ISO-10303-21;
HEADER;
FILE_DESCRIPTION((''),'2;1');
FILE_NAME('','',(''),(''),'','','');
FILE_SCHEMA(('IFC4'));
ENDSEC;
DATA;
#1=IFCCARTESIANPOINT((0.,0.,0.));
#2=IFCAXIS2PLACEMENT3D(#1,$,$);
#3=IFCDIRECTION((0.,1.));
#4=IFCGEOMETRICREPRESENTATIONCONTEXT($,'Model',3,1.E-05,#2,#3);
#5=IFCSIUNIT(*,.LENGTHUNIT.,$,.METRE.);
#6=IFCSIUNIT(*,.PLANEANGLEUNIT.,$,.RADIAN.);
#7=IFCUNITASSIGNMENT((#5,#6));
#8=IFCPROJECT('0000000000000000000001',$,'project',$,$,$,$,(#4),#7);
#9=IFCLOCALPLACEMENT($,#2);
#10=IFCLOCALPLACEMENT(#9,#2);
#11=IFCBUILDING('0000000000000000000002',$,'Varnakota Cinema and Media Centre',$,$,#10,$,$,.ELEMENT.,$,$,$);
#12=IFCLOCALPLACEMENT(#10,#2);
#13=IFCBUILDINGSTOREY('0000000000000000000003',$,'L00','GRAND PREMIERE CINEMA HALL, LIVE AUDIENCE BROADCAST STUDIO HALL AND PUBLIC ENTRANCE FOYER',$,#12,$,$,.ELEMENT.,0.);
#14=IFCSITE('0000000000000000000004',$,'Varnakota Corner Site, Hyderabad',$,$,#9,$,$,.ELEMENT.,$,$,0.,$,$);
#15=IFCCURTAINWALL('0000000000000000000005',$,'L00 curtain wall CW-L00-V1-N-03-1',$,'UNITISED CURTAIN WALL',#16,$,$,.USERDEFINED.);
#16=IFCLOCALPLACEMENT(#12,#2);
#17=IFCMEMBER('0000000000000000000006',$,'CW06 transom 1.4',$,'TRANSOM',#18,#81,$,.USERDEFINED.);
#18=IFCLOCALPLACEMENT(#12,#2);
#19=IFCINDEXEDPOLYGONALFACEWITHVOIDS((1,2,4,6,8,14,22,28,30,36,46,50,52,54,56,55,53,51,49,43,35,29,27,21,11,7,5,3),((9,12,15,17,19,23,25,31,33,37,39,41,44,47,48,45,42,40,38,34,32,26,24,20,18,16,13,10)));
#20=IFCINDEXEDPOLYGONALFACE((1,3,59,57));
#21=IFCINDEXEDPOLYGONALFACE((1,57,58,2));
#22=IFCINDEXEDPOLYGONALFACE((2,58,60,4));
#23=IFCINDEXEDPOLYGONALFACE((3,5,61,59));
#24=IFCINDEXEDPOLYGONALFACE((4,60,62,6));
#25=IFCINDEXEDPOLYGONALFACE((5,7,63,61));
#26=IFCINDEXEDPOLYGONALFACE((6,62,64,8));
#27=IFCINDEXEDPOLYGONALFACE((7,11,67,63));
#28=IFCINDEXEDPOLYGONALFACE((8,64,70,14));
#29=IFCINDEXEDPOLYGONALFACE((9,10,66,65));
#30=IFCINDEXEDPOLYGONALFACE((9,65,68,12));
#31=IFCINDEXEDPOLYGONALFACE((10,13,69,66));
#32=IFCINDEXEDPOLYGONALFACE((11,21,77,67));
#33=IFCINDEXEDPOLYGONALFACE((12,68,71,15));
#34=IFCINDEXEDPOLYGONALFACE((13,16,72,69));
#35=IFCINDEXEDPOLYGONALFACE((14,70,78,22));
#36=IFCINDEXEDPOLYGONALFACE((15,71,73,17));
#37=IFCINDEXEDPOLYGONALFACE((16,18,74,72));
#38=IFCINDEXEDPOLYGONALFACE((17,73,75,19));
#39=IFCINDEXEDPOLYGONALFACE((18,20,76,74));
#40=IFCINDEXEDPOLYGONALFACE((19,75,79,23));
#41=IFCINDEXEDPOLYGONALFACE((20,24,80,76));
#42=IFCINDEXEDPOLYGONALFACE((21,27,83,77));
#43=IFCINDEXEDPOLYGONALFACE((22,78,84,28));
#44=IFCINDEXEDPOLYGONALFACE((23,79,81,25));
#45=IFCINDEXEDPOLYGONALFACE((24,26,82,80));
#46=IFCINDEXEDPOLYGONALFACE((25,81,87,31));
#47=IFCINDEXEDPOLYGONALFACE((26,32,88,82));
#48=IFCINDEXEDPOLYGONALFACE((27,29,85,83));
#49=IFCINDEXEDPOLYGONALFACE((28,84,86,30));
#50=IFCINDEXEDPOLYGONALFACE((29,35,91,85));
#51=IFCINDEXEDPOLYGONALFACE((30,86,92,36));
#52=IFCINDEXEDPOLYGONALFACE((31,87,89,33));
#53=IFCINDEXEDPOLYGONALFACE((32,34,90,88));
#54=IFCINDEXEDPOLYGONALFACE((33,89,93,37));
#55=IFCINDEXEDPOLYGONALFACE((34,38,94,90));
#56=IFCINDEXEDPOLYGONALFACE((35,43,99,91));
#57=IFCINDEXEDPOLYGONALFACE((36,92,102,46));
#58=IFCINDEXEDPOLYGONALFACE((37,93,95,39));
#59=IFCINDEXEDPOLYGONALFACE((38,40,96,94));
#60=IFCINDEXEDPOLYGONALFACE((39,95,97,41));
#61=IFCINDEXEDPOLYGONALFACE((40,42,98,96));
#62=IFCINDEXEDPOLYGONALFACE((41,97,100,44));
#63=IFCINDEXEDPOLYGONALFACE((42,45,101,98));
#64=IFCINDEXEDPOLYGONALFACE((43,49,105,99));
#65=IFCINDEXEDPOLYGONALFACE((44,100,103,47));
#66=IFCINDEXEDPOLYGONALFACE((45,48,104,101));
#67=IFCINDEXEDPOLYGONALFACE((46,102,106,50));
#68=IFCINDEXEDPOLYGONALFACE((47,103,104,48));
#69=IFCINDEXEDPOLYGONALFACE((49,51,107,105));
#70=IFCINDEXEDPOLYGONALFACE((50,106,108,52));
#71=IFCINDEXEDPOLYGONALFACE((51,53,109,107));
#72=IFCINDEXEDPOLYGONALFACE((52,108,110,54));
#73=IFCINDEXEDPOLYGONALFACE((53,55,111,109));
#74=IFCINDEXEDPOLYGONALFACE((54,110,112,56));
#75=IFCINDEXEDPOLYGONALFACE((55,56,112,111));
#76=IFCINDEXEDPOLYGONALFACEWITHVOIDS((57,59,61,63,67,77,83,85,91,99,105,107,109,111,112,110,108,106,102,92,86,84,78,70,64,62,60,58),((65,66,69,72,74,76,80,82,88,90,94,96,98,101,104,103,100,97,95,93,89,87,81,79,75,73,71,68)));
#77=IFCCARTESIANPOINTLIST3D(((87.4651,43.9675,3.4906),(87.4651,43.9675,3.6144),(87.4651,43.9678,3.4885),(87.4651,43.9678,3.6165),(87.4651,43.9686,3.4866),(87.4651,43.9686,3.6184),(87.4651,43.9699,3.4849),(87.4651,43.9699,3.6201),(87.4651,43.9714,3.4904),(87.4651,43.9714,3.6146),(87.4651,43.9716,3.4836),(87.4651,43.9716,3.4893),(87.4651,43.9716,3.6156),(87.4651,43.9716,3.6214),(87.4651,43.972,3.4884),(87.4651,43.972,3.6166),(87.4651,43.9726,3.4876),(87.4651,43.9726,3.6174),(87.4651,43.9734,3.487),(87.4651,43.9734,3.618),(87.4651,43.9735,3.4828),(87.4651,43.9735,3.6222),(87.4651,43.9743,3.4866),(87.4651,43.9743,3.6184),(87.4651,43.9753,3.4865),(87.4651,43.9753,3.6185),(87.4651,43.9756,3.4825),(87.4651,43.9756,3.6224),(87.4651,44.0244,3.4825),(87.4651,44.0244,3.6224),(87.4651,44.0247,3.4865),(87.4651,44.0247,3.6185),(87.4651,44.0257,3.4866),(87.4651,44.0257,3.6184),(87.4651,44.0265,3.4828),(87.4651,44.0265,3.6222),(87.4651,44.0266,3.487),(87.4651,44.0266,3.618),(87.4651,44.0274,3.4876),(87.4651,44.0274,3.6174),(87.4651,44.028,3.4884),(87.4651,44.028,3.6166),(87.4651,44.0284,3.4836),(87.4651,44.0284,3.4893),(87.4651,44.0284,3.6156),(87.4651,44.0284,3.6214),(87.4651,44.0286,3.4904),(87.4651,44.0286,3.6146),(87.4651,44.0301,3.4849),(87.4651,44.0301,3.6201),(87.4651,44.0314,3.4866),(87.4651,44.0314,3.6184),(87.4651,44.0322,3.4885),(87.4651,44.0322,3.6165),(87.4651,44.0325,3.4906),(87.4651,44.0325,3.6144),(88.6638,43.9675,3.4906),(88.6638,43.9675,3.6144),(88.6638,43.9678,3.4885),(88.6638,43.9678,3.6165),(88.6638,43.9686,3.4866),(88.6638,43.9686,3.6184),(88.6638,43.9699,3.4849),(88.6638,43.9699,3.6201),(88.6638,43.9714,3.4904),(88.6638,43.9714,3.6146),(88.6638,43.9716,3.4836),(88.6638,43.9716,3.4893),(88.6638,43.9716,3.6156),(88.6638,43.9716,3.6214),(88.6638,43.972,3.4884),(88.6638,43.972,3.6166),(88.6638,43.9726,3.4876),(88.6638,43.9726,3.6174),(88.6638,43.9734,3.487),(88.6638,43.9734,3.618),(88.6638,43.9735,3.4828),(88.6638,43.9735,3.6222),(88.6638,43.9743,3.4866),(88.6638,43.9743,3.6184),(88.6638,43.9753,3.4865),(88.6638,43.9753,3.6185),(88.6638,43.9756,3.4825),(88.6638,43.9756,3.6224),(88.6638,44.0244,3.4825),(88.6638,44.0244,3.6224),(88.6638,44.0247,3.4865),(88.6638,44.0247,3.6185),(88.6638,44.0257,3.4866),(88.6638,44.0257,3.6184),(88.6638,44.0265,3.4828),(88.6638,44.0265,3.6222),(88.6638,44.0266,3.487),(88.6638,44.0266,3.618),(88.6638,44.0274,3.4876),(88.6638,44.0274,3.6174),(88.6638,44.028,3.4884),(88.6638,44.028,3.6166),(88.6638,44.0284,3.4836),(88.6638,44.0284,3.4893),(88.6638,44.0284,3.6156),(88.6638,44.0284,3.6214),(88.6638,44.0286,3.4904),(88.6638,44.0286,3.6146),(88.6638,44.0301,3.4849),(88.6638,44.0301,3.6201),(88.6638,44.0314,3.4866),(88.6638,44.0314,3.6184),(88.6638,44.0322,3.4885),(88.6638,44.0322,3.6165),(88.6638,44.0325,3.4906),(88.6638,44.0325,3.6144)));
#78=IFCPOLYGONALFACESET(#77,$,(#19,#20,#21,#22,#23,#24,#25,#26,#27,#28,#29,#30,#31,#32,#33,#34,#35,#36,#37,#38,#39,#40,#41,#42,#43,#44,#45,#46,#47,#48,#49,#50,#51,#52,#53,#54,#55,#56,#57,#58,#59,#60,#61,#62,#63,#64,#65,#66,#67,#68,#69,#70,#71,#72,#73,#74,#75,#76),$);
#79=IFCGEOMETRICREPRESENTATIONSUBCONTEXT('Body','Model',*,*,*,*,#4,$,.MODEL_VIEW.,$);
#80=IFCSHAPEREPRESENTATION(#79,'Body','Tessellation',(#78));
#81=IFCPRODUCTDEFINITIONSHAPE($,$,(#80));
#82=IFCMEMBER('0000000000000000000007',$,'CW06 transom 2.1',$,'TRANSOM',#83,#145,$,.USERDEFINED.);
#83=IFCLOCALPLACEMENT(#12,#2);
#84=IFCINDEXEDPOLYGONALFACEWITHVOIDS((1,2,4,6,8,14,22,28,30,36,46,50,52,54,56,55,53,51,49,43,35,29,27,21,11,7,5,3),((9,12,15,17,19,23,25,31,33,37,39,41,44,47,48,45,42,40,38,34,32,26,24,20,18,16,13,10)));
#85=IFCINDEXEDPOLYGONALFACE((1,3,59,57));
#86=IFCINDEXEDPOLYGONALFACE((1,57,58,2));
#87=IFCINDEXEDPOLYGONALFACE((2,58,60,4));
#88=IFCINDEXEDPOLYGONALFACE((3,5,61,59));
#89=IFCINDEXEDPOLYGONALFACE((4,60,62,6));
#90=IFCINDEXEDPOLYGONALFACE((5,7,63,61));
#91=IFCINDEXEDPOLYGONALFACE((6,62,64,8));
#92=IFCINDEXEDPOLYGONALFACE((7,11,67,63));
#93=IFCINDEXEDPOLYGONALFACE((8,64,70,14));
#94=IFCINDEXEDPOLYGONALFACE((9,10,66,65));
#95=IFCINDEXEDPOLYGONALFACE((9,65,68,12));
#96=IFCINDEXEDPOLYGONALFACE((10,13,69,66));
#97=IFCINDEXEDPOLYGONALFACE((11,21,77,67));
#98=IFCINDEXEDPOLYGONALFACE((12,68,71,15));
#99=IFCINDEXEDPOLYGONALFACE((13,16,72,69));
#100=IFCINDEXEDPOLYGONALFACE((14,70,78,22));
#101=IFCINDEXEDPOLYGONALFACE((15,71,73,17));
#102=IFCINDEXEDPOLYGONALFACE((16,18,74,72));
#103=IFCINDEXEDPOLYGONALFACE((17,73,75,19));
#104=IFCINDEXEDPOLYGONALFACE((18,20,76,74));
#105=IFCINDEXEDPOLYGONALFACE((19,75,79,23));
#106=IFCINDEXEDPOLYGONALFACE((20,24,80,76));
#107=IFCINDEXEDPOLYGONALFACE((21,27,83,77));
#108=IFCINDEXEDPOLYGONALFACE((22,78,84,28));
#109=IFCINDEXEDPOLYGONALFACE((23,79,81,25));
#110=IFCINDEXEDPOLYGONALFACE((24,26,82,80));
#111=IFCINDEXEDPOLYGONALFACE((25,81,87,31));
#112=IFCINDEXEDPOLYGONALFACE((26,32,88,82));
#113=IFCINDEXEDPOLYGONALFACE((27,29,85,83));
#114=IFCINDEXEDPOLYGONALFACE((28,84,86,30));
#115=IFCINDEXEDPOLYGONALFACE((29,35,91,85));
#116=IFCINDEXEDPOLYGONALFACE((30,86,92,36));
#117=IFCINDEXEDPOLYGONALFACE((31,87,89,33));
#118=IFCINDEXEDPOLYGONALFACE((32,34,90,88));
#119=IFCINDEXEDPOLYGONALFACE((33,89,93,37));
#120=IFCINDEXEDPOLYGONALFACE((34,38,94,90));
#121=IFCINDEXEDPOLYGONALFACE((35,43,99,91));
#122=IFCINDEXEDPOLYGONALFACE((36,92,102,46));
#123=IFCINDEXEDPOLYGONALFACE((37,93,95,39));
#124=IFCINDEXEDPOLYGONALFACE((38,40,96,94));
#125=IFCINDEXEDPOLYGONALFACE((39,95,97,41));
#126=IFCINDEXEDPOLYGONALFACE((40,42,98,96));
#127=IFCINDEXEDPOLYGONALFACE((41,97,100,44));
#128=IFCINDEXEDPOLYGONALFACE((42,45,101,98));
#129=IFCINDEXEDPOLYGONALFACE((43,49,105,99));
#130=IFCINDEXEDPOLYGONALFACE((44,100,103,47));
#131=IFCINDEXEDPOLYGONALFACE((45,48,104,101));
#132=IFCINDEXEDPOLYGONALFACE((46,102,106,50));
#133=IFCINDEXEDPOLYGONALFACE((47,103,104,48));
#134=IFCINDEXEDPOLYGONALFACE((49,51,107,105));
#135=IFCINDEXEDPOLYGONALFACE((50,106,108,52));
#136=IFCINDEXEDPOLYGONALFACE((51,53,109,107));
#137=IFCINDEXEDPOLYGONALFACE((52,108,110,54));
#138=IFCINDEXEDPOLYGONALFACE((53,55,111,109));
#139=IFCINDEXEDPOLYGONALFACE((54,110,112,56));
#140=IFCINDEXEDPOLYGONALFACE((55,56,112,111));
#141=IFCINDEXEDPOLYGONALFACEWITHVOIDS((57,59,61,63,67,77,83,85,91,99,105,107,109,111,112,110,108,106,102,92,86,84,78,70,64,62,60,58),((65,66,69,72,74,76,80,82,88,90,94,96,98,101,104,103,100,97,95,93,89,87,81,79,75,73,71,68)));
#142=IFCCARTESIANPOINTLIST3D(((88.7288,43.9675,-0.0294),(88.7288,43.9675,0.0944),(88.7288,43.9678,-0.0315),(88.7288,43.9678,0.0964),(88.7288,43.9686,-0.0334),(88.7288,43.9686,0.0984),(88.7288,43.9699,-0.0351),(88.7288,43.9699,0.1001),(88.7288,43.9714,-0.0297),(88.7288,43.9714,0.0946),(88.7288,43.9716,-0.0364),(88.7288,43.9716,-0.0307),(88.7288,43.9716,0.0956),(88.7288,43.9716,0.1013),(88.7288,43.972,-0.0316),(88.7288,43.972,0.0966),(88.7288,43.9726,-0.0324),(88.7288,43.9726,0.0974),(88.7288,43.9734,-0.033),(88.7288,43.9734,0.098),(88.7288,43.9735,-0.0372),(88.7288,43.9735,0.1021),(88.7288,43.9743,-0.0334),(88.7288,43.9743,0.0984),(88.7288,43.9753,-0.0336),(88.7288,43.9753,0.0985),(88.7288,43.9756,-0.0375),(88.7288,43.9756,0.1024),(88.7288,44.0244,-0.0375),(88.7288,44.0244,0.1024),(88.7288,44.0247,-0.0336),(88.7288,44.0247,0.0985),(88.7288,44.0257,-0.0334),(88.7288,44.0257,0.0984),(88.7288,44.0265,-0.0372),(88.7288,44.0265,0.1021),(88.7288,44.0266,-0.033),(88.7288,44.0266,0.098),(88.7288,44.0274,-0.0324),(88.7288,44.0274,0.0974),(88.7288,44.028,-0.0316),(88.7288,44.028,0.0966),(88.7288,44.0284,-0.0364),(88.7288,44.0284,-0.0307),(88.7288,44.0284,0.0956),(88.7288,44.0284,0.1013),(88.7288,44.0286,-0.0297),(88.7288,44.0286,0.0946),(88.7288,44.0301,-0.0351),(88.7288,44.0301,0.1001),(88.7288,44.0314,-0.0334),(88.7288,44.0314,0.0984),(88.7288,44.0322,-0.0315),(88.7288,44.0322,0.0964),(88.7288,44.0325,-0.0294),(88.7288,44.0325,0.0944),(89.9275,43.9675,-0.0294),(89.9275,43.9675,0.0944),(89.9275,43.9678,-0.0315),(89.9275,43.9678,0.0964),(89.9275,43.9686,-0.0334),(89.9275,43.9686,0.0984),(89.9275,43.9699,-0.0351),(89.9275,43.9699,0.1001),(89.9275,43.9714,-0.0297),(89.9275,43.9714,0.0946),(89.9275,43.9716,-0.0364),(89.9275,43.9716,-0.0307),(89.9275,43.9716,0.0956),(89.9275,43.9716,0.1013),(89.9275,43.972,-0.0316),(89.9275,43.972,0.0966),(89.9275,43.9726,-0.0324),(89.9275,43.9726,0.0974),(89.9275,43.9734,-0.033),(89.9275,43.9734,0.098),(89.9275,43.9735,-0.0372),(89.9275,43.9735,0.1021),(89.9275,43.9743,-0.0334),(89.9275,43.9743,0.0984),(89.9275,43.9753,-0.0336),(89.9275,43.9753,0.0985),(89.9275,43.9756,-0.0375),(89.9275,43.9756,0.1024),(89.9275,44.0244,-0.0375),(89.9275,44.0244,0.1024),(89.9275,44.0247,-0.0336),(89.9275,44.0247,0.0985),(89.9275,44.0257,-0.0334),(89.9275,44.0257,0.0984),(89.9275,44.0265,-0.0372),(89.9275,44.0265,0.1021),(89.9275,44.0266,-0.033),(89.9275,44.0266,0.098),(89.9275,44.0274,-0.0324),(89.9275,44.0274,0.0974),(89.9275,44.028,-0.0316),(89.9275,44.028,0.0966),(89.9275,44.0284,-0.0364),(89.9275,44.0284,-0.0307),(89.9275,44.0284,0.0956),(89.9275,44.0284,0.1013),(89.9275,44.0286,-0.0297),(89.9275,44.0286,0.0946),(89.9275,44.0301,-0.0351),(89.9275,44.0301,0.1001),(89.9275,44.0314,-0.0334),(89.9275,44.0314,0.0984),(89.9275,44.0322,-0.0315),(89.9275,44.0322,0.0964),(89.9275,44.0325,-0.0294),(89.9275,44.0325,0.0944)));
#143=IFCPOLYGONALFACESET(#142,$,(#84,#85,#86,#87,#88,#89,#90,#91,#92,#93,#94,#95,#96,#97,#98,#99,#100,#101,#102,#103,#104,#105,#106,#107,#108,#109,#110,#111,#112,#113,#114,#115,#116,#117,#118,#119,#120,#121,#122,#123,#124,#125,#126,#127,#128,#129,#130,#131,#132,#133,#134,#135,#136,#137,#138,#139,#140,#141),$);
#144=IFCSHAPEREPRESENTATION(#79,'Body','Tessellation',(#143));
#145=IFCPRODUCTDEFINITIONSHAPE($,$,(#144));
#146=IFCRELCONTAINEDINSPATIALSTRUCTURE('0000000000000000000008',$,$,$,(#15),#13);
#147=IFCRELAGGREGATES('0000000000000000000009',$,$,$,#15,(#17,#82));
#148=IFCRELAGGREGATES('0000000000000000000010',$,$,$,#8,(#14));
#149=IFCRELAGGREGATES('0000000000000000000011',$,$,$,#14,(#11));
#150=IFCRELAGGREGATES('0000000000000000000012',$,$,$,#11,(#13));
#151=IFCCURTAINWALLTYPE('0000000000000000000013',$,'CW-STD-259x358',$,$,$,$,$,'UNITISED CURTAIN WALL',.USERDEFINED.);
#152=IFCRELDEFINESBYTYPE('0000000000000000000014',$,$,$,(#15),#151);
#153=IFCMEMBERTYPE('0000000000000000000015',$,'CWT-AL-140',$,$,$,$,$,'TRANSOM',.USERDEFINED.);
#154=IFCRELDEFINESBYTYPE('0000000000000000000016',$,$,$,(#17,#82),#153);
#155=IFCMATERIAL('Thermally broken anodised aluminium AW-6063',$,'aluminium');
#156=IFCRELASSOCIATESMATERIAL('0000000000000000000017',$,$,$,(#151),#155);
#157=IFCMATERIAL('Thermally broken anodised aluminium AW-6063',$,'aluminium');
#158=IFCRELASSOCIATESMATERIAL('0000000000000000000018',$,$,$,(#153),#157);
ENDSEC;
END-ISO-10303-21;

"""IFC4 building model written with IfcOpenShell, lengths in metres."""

from ifc_helpers import new_model, si_unit, direction, frame, origin, origin_2d, place, context, subcontext, project, spatial, hollow_rectangle, extrude, material, material_profile, profile_set, type_object, element, aggregate, save


model = new_model("IFC4")

# Units and contexts
model_context = context("Model", 3, precision=1e-05, world=origin(), true_north=direction((0.0, 1.0)))
body_context = subcontext(model_context, "Body", "Model", "MODEL_VIEW")
ifc_project = project(units=[si_unit("LENGTHUNIT", "METRE"), si_unit("PLANEANGLEUNIT", "RADIAN")], contexts=[model_context])

# Site, building, storey
site_placement = place(None, origin())
site = spatial("IfcSite", under=ifc_project, at=site_placement, Name="Varnakota Corner Site, Hyderabad", CompositionType="ELEMENT", RefElevation=0.0)
building_placement = place(site_placement, origin())
building = spatial("IfcBuilding", under=site, at=building_placement, Name="Varnakota Cinema and Media Centre", CompositionType="ELEMENT")
storey_placement = place(building_placement, origin())
storey = spatial("IfcBuildingStorey", under=building, at=storey_placement, Name="L00", Description="GRAND PREMIERE CINEMA HALL, LIVE AUDIENCE BROADCAST STUDIO HALL AND PUBLIC ENTRANCE FOYER", CompositionType="ELEMENT", Elevation=0.0)

# Curtain wall
ifc_material_1 = material(Name="Thermally broken anodised aluminium AW-6063", Category="aluminium")
curtain_wall_type = type_object("IfcCurtainWallType", Name="CW-STD-259x358", ElementType="UNITISED CURTAIN WALL", PredefinedType="USERDEFINED", material=ifc_material_1)
curtain_wall_1_placement = place(storey_placement, origin())
curtain_wall_1 = element("IfcCurtainWall", 1, at=curtain_wall_1_placement, inside=storey, type_object=curtain_wall_type, Name="L00 curtain wall CW-L00-V1-N-03-1", ObjectType="UNITISED CURTAIN WALL", PredefinedType="USERDEFINED")

# Members
ifc_material_2 = material(Name="Thermally broken anodised aluminium AW-6063", Category="aluminium")
ifc_material_profile_1 = material_profile(ifc_material_2, hollow_rectangle(XDim=0.0649, YDim=0.1399, WallThickness=0.0039, InnerFilletRadius=0.0039, OuterFilletRadius=0.0081, at=origin_2d()), Name="AL-TRANSOM 140x65x4")
ifc_profile_set_1 = profile_set([ifc_material_profile_1], Name="Thermally broken anodised aluminium AW-6063")
member_type_1 = type_object("IfcMemberType", Name="CWT-AL-140", ElementType="TRANSOM", PredefinedType="USERDEFINED", material=ifc_profile_set_1)
member_1_placement = place(storey_placement, frame((87.4651, 44.0, 3.5525), z_axis=(1.0, 0.0, 0.0), x_axis=(0.0, 1.0, 0.0)))
member_1 = element("IfcMember", 2, at=member_1_placement, type_object=member_type_1, Name="CW06 transom 1.4", ObjectType="TRANSOM", PredefinedType="USERDEFINED", context=body_context, shape_type="SweptSolid", body=[
    extrude(hollow_rectangle(XDim=0.0649, YDim=0.1399, WallThickness=0.0039, InnerFilletRadius=0.0039, OuterFilletRadius=0.0081, at=origin_2d()), origin(), (0.0, 0.0, 1.0), 1.1987),
])
member_2_placement = place(storey_placement, frame((88.7288, 44.0, 0.0325), z_axis=(1.0, 0.0, 0.0), x_axis=(0.0, 1.0, 0.0)))
member_2 = element("IfcMember", 3, at=member_2_placement, type_object=member_type_1, Name="CW06 transom 2.1", ObjectType="TRANSOM", PredefinedType="USERDEFINED", context=body_context, shape_type="SweptSolid", body=[
    extrude(hollow_rectangle(XDim=0.0649, YDim=0.1399, WallThickness=0.0039, InnerFilletRadius=0.0039, OuterFilletRadius=0.0081, at=origin_2d()), origin(), (0.0, 0.0, 1.0), 1.1987),
])

aggregate(curtain_wall_1, [member_1, member_2])

save(model, "model.ifc")
